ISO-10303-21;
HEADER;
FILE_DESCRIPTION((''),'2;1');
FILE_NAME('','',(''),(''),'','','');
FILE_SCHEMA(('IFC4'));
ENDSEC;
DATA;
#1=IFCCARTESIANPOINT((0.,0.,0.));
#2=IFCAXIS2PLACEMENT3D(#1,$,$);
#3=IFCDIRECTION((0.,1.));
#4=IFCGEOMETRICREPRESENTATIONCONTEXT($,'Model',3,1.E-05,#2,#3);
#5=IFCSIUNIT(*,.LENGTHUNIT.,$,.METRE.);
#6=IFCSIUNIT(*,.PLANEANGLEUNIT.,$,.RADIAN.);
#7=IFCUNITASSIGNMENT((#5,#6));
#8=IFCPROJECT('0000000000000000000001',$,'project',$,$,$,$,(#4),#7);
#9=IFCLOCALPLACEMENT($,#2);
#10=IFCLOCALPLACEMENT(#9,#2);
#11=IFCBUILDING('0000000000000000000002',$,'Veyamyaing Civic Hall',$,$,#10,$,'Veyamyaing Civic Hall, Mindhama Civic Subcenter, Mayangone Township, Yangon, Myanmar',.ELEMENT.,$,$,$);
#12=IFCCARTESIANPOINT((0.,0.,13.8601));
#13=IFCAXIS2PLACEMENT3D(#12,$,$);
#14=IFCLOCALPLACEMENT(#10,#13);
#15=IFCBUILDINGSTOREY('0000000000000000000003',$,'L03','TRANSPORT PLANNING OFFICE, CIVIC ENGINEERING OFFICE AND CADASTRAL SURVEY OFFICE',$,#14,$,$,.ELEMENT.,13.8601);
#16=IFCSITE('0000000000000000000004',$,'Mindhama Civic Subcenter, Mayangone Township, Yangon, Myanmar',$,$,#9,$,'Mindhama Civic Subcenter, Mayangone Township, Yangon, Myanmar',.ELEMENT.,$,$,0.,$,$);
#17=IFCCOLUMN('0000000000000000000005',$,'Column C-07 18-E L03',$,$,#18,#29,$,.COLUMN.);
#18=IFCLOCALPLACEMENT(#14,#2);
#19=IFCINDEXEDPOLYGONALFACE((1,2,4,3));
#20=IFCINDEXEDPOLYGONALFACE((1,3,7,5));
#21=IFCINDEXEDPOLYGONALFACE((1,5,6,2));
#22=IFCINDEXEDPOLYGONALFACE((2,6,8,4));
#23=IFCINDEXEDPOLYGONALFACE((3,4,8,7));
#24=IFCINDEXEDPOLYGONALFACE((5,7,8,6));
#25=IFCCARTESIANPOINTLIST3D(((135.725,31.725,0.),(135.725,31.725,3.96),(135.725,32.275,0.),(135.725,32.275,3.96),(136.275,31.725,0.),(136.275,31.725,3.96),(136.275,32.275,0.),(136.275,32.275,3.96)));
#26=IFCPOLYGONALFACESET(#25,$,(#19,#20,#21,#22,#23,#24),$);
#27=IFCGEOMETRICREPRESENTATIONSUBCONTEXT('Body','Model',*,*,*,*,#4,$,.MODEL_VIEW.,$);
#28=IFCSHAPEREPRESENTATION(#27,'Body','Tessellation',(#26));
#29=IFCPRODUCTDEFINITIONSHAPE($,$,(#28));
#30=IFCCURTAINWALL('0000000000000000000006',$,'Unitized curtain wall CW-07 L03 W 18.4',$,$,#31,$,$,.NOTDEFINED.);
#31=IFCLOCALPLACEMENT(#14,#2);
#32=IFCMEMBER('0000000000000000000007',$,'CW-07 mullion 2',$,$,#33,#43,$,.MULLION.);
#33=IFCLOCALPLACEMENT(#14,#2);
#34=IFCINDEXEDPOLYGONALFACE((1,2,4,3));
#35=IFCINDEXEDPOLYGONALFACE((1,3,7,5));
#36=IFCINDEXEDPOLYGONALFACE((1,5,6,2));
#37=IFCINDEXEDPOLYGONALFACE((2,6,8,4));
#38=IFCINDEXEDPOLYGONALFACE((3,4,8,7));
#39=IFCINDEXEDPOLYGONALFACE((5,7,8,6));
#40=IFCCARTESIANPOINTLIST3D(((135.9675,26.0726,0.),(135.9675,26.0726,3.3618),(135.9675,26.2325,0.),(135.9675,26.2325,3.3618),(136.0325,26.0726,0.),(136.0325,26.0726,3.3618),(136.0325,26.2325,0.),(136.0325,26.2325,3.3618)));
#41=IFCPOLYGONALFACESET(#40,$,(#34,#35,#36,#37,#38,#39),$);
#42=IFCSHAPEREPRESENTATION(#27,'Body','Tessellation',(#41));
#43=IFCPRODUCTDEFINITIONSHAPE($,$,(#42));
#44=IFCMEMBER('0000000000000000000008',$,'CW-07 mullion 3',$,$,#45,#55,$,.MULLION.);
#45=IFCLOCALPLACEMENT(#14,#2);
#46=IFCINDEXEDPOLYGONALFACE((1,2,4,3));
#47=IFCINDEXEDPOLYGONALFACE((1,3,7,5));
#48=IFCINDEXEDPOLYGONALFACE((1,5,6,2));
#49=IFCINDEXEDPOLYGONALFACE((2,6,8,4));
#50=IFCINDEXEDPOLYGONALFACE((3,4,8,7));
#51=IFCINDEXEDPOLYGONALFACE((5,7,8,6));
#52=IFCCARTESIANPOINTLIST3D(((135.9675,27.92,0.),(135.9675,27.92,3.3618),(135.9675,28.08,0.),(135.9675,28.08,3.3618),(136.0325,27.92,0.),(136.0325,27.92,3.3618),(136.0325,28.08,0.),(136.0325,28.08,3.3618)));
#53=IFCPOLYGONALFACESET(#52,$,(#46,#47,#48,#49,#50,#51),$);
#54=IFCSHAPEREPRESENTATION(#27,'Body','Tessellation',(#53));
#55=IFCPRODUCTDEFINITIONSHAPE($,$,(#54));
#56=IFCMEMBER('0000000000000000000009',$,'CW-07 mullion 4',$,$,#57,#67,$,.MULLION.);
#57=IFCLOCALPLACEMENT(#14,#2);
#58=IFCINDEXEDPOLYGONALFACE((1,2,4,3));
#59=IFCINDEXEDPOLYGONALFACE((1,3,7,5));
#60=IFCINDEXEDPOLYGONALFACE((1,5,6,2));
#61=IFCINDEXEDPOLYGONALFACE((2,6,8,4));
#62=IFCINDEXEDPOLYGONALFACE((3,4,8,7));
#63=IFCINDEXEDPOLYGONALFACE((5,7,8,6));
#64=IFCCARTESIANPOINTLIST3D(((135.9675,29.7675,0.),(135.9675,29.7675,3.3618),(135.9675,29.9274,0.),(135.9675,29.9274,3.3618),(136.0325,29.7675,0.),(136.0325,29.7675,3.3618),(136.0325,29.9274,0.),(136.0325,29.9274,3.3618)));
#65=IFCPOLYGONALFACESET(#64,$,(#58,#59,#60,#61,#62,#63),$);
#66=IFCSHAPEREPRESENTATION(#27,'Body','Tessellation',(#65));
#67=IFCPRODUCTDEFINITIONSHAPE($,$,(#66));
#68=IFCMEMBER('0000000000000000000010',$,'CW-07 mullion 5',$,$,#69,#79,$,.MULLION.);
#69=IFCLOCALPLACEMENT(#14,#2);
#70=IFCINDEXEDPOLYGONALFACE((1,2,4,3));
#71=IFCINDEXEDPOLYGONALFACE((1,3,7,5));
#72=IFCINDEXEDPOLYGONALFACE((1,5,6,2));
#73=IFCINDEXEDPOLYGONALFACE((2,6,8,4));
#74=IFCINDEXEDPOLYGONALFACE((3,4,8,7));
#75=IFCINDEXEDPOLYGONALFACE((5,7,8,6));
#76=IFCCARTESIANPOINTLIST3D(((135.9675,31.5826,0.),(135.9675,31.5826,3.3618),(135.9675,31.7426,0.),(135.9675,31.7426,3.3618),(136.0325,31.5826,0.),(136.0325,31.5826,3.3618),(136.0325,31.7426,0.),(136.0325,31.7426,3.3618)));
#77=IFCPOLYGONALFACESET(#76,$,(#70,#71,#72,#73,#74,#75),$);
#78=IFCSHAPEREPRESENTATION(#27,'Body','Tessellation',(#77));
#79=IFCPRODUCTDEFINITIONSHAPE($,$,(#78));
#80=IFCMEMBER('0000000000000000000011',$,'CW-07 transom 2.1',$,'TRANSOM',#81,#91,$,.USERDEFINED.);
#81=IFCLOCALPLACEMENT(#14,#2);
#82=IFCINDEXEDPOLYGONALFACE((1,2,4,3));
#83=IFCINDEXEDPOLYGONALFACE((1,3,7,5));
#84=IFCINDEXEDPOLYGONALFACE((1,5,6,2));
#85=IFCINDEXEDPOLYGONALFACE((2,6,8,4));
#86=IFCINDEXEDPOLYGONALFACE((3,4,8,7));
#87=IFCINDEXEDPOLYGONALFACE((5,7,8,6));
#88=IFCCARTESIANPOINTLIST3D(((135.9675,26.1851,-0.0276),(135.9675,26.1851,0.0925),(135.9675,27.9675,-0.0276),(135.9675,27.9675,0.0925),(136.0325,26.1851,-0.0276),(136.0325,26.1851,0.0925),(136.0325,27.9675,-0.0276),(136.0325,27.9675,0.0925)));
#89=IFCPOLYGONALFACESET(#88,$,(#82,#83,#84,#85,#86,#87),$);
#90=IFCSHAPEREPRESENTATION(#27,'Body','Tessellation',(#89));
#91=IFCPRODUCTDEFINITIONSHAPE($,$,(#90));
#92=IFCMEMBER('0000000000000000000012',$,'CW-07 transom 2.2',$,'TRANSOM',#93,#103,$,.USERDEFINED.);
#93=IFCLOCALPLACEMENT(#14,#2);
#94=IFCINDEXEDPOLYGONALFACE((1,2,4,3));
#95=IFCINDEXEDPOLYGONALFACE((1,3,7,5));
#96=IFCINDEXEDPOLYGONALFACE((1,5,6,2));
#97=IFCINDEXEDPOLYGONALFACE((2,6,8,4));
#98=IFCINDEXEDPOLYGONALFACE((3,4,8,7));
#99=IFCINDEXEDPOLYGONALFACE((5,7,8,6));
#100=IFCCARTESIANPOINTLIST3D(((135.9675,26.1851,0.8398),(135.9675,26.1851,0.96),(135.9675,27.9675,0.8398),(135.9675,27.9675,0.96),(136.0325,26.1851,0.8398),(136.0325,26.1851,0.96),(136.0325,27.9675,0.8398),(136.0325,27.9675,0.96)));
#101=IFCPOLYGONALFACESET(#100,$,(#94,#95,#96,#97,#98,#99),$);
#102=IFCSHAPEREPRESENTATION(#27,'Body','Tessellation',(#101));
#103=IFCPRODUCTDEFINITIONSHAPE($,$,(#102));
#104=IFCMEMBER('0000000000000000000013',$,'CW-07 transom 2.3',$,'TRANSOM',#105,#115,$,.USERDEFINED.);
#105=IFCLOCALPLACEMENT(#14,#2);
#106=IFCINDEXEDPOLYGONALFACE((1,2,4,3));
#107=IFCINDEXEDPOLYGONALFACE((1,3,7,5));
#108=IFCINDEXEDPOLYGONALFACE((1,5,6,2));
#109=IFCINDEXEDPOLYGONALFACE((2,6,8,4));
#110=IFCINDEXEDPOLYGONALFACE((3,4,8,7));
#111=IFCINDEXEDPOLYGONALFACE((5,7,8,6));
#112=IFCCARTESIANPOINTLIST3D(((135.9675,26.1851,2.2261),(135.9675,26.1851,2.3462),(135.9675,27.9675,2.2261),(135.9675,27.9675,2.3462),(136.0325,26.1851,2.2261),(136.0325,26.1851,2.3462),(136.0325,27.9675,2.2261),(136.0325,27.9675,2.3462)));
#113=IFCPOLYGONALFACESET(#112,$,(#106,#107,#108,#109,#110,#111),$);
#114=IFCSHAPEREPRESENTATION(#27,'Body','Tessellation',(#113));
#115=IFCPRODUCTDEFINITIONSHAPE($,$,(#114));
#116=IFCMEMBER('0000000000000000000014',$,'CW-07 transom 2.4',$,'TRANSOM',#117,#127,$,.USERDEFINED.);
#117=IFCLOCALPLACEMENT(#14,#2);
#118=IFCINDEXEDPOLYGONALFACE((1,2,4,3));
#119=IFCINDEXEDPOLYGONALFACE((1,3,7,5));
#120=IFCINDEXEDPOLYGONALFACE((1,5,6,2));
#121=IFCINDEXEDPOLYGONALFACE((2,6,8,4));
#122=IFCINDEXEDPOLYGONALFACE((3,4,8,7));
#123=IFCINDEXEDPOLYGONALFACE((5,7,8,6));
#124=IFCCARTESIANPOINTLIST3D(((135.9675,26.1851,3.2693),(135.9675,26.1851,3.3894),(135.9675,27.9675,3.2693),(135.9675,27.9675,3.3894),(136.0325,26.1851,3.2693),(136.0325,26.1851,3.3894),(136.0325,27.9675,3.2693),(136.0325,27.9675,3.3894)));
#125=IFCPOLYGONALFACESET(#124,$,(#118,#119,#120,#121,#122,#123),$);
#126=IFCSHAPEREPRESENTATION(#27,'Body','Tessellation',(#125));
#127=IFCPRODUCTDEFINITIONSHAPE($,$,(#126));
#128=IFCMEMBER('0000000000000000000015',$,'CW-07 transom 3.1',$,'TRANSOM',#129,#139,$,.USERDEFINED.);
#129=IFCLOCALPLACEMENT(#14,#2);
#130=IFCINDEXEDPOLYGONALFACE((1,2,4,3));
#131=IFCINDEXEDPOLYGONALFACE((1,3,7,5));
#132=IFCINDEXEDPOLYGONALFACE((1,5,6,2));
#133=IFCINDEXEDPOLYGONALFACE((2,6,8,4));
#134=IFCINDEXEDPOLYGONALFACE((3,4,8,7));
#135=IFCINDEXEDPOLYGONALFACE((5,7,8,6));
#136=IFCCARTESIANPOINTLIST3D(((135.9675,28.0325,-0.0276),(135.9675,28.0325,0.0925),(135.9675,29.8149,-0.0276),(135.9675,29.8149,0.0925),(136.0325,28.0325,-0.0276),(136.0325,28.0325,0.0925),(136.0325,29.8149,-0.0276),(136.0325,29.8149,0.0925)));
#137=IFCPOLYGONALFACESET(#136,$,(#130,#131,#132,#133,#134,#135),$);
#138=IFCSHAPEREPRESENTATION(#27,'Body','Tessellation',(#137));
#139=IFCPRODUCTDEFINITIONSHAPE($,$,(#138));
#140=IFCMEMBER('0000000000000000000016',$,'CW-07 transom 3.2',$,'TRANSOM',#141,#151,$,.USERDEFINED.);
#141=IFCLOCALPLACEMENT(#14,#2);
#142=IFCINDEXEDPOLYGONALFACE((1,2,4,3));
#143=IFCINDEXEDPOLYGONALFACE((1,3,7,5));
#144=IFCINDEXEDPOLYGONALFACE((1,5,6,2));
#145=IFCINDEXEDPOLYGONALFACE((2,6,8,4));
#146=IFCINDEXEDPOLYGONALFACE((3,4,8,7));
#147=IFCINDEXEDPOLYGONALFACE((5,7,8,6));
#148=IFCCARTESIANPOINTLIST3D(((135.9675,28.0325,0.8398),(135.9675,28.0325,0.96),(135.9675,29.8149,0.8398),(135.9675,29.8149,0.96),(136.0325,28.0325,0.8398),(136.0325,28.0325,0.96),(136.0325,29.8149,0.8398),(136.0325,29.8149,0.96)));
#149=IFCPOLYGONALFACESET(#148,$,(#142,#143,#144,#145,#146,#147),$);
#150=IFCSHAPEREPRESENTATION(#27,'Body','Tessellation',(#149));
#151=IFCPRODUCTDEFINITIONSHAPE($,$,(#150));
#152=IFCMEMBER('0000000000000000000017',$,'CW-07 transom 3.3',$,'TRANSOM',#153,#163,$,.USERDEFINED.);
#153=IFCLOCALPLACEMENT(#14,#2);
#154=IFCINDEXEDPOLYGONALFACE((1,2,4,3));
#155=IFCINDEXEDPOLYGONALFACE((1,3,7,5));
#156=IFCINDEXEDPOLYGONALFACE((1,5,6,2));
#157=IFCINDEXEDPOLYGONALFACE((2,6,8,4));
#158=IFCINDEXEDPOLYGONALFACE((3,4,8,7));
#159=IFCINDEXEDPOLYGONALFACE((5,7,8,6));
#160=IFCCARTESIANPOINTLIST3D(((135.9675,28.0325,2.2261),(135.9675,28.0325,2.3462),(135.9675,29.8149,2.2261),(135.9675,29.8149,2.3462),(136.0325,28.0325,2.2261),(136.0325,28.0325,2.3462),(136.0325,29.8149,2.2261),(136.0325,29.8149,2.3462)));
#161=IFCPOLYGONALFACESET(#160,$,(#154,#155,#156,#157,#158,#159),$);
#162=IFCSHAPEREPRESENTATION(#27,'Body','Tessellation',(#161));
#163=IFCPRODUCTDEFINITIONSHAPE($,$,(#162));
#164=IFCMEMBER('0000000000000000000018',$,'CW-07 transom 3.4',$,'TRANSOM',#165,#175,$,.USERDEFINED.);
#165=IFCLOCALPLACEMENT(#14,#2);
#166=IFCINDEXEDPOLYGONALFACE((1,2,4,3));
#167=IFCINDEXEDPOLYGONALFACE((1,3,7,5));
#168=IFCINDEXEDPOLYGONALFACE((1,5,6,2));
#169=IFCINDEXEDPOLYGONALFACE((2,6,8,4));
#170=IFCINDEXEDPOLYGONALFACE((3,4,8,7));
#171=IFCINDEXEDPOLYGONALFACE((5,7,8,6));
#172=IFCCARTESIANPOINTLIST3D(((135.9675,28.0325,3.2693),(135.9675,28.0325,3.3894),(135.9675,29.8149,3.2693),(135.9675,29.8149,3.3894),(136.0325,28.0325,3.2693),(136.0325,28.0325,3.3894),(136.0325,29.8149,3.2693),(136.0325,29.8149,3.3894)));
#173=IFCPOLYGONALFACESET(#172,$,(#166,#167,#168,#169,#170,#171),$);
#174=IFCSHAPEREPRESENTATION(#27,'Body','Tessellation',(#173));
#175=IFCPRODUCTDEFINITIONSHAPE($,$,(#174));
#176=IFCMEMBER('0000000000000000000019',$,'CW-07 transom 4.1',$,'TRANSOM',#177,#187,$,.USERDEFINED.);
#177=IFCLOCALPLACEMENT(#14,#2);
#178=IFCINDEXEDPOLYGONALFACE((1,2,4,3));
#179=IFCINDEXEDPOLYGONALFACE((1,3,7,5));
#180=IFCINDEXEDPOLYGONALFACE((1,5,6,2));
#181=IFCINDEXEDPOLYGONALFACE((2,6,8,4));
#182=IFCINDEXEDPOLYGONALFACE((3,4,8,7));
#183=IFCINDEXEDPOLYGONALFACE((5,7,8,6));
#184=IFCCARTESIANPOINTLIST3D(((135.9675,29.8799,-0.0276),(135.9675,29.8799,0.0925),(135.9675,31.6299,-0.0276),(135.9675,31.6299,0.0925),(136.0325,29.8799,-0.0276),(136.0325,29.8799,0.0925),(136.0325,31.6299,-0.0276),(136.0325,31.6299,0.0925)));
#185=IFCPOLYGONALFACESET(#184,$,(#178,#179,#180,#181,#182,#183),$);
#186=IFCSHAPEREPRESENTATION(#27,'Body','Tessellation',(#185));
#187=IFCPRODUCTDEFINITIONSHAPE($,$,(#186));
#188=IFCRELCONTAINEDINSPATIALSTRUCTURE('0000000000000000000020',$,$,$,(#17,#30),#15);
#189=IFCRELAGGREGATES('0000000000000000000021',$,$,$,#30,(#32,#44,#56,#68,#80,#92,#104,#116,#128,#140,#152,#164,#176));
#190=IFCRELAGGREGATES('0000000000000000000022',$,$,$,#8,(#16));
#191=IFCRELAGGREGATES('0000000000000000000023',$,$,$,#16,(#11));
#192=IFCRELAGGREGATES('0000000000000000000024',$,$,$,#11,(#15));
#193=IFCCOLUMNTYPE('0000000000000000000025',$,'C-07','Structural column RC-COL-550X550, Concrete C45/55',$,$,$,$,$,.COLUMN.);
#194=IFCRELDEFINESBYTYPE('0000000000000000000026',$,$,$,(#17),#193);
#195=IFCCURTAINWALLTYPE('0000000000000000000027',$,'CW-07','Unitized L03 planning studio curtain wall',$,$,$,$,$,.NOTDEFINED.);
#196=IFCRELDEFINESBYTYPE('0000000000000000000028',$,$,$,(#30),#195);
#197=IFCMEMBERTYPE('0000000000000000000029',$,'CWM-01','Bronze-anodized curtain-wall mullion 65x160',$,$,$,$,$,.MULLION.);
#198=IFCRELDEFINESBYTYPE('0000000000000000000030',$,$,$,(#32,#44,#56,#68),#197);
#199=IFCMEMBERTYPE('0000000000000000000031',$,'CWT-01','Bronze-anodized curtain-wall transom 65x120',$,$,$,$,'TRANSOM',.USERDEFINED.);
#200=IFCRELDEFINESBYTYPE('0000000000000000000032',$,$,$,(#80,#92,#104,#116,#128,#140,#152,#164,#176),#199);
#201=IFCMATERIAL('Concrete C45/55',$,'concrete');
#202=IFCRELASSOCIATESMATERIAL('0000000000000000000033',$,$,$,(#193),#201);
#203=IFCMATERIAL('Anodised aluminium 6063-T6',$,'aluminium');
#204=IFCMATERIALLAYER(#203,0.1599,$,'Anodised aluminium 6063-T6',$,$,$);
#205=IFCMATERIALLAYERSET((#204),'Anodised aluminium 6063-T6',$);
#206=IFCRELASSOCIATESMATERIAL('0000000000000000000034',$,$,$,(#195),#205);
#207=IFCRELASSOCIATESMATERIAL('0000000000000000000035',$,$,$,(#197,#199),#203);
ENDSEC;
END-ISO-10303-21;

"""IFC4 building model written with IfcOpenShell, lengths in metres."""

from ifc_helpers import new_model, si_unit, direction, frame, origin, origin_2d, place, context, subcontext, project, spatial, rectangle, extrude, material, layer, layer_set, material_profile, profile_set, type_object, element, aggregate, save


model = new_model("IFC4")

# Units and contexts
model_context = context("Model", 3, precision=1e-05, world=origin(), true_north=direction((0.0, 1.0)))
body_context = subcontext(model_context, "Body", "Model", "MODEL_VIEW")
ifc_project = project(units=[si_unit("LENGTHUNIT", "METRE"), si_unit("PLANEANGLEUNIT", "RADIAN")], contexts=[model_context])

# Site, building, storey
site_placement = place(None, origin())
site = spatial("IfcSite", under=ifc_project, at=site_placement, Name="Mindhama Civic Subcenter, Mayangone Township, Yangon, Myanmar", LongName="Mindhama Civic Subcenter, Mayangone Township, Yangon, Myanmar", CompositionType="ELEMENT", RefElevation=0.0)
building_placement = place(site_placement, origin())
building = spatial("IfcBuilding", under=site, at=building_placement, Name="Veyamyaing Civic Hall", LongName="Veyamyaing Civic Hall, Mindhama Civic Subcenter, Mayangone Township, Yangon, Myanmar", CompositionType="ELEMENT")
storey_placement = place(building_placement, frame((0.0, 0.0, 13.8601)))
storey = spatial("IfcBuildingStorey", under=building, at=storey_placement, Name="L03", Description="TRANSPORT PLANNING OFFICE, CIVIC ENGINEERING OFFICE AND CADASTRAL SURVEY OFFICE", CompositionType="ELEMENT", Elevation=13.8601)

# Column
ifc_material_1 = material(Name="Concrete C45/55", Category="concrete")
ifc_material_profile_1 = material_profile(ifc_material_1, rectangle(XDim=0.55, YDim=0.55, at=origin_2d()), Name="RC-COL-550X550")
ifc_profile_set_1 = profile_set([ifc_material_profile_1], Name="Concrete C45/55")
column_type = type_object("IfcColumnType", Name="C-07", Description="Structural column RC-COL-550X550, Concrete C45/55", PredefinedType="COLUMN", material=ifc_profile_set_1)
column_placement = place(storey_placement, frame((136.0, 32.0, 0.0), z_axis=(0.0, 0.0, 1.0), x_axis=(1.0, 0.0, 0.0)))
element("IfcColumn", 1, at=column_placement, inside=storey, type_object=column_type, Name="Column C-07 18-E L03", PredefinedType="COLUMN", context=body_context, shape_type="SweptSolid", body=[
    extrude(rectangle(XDim=0.55, YDim=0.55, at=origin_2d()), origin(), (0.0, 0.0, 1.0), 3.96),
])

# Curtain wall, members
ifc_material_2 = material(Name="Anodised aluminium 6063-T6", Category="aluminium")
ifc_layer_1 = layer(ifc_material_2, 0.1599, Name="Anodised aluminium 6063-T6")
ifc_layer_set_1 = layer_set([ifc_layer_1], Name="Anodised aluminium 6063-T6")
curtain_wall_type = type_object("IfcCurtainWallType", Name="CW-07", Description="Unitized L03 planning studio curtain wall", PredefinedType="NOTDEFINED", material=ifc_layer_set_1)
curtain_wall_placement = place(storey_placement, origin())
curtain_wall = element("IfcCurtainWall", 2, at=curtain_wall_placement, inside=storey, type_object=curtain_wall_type, Name="Unitized curtain wall CW-07 L03 W 18.4", PredefinedType="NOTDEFINED")
ifc_material_profile_2 = material_profile(ifc_material_2, rectangle(XDim=0.0649, YDim=0.1599, at=origin_2d()), Name="ALU-MUL-65X160")
ifc_profile_set_2 = profile_set([ifc_material_profile_2], Name="Anodised aluminium 6063-T6")
member_type_1 = type_object("IfcMemberType", Name="CWM-01", Description="Bronze-anodized curtain-wall mullion 65x160", PredefinedType="MULLION", material=ifc_profile_set_2)
member_1_placement = place(storey_placement, frame((136.0, 26.1526, 0.0), z_axis=(0.0, 0.0, 1.0), x_axis=(-1.0, 0.0, 0.0)))
member_1 = element("IfcMember", 3, at=member_1_placement, type_object=member_type_1, Name="CW-07 mullion 2", PredefinedType="MULLION", context=body_context, shape_type="SweptSolid", body=[
    extrude(rectangle(XDim=0.0649, YDim=0.1599, at=origin_2d()), origin(), (0.0, 0.0, 1.0), 3.3618),
])
member_2_placement = place(storey_placement, frame((136.0, 28.0, 0.0), z_axis=(0.0, 0.0, 1.0), x_axis=(-1.0, 0.0, 0.0)))
member_2 = element("IfcMember", 4, at=member_2_placement, type_object=member_type_1, Name="CW-07 mullion 3", PredefinedType="MULLION", context=body_context, shape_type="SweptSolid", body=[
    extrude(rectangle(XDim=0.0649, YDim=0.1599, at=origin_2d()), origin(), (0.0, 0.0, 1.0), 3.3618),
])
member_3_placement = place(storey_placement, frame((136.0, 29.8474, 0.0), z_axis=(0.0, 0.0, 1.0), x_axis=(-1.0, 0.0, 0.0)))
member_3 = element("IfcMember", 5, at=member_3_placement, type_object=member_type_1, Name="CW-07 mullion 4", PredefinedType="MULLION", context=body_context, shape_type="SweptSolid", body=[
    extrude(rectangle(XDim=0.0649, YDim=0.1599, at=origin_2d()), origin(), (0.0, 0.0, 1.0), 3.3618),
])
member_4_placement = place(storey_placement, frame((136.0, 31.6626, 0.0), z_axis=(0.0, 0.0, 1.0), x_axis=(-1.0, 0.0, 0.0)))
member_4 = element("IfcMember", 6, at=member_4_placement, type_object=member_type_1, Name="CW-07 mullion 5", PredefinedType="MULLION", context=body_context, shape_type="SweptSolid", body=[
    extrude(rectangle(XDim=0.0649, YDim=0.1599, at=origin_2d()), origin(), (0.0, 0.0, 1.0), 3.3618),
])
ifc_material_profile_3 = material_profile(ifc_material_2, rectangle(XDim=0.0649, YDim=0.1201, at=origin_2d()), Name="ALU-TRN-65X120")
ifc_profile_set_3 = profile_set([ifc_material_profile_3], Name="Anodised aluminium 6063-T6")
member_type_2 = type_object("IfcMemberType", Name="CWT-01", Description="Bronze-anodized curtain-wall transom 65x120", ElementType="TRANSOM", PredefinedType="USERDEFINED", material=ifc_profile_set_3)
member_5_placement = place(storey_placement, frame((136.0, 26.1851, 0.0325), z_axis=(0.0, 1.0, 0.0), x_axis=(-1.0, 0.0, 0.0)))
member_5 = element("IfcMember", 7, at=member_5_placement, type_object=member_type_2, Name="CW-07 transom 2.1", ObjectType="TRANSOM", PredefinedType="USERDEFINED", context=body_context, shape_type="SweptSolid", body=[
    extrude(rectangle(XDim=0.0649, YDim=0.1201, at=origin_2d()), origin(), (0.0, 0.0, 1.0), 1.7825),
])
member_6_placement = place(storey_placement, frame((136.0, 26.1851, 0.8999), z_axis=(0.0, 1.0, 0.0), x_axis=(-1.0, 0.0, 0.0)))
member_6 = element("IfcMember", 8, at=member_6_placement, type_object=member_type_2, Name="CW-07 transom 2.2", ObjectType="TRANSOM", PredefinedType="USERDEFINED", context=body_context, shape_type="SweptSolid", body=[
    extrude(rectangle(XDim=0.0649, YDim=0.1201, at=origin_2d()), origin(), (0.0, 0.0, 1.0), 1.7825),
])
member_7_placement = place(storey_placement, frame((136.0, 26.1851, 2.2861), z_axis=(0.0, 1.0, 0.0), x_axis=(-1.0, 0.0, 0.0)))
member_7 = element("IfcMember", 9, at=member_7_placement, type_object=member_type_2, Name="CW-07 transom 2.3", ObjectType="TRANSOM", PredefinedType="USERDEFINED", context=body_context, shape_type="SweptSolid", body=[
    extrude(rectangle(XDim=0.0649, YDim=0.1201, at=origin_2d()), origin(), (0.0, 0.0, 1.0), 1.7825),
])
member_8_placement = place(storey_placement, frame((136.0, 26.1851, 3.3293), z_axis=(0.0, 1.0, 0.0), x_axis=(-1.0, 0.0, 0.0)))
member_8 = element("IfcMember", 10, at=member_8_placement, type_object=member_type_2, Name="CW-07 transom 2.4", ObjectType="TRANSOM", PredefinedType="USERDEFINED", context=body_context, shape_type="SweptSolid", body=[
    extrude(rectangle(XDim=0.0649, YDim=0.1201, at=origin_2d()), origin(), (0.0, 0.0, 1.0), 1.7825),
])
member_9_placement = place(storey_placement, frame((136.0, 28.0325, 0.0325), z_axis=(0.0, 1.0, 0.0), x_axis=(-1.0, 0.0, 0.0)))
member_9 = element("IfcMember", 11, at=member_9_placement, type_object=member_type_2, Name="CW-07 transom 3.1", ObjectType="TRANSOM", PredefinedType="USERDEFINED", context=body_context, shape_type="SweptSolid", body=[
    extrude(rectangle(XDim=0.0649, YDim=0.1201, at=origin_2d()), origin(), (0.0, 0.0, 1.0), 1.7825),
])
member_10_placement = place(storey_placement, frame((136.0, 28.0325, 0.8999), z_axis=(0.0, 1.0, 0.0), x_axis=(-1.0, 0.0, 0.0)))
member_10 = element("IfcMember", 12, at=member_10_placement, type_object=member_type_2, Name="CW-07 transom 3.2", ObjectType="TRANSOM", PredefinedType="USERDEFINED", context=body_context, shape_type="SweptSolid", body=[
    extrude(rectangle(XDim=0.0649, YDim=0.1201, at=origin_2d()), origin(), (0.0, 0.0, 1.0), 1.7825),
])
member_11_placement = place(storey_placement, frame((136.0, 28.0325, 2.2861), z_axis=(0.0, 1.0, 0.0), x_axis=(-1.0, 0.0, 0.0)))
member_11 = element("IfcMember", 13, at=member_11_placement, type_object=member_type_2, Name="CW-07 transom 3.3", ObjectType="TRANSOM", PredefinedType="USERDEFINED", context=body_context, shape_type="SweptSolid", body=[
    extrude(rectangle(XDim=0.0649, YDim=0.1201, at=origin_2d()), origin(), (0.0, 0.0, 1.0), 1.7825),
])
member_12_placement = place(storey_placement, frame((136.0, 28.0325, 3.3293), z_axis=(0.0, 1.0, 0.0), x_axis=(-1.0, 0.0, 0.0)))
member_12 = element("IfcMember", 14, at=member_12_placement, type_object=member_type_2, Name="CW-07 transom 3.4", ObjectType="TRANSOM", PredefinedType="USERDEFINED", context=body_context, shape_type="SweptSolid", body=[
    extrude(rectangle(XDim=0.0649, YDim=0.1201, at=origin_2d()), origin(), (0.0, 0.0, 1.0), 1.7825),
])
member_13_placement = place(storey_placement, frame((136.0, 29.8799, 0.0325), z_axis=(0.0, 1.0, 0.0), x_axis=(-1.0, 0.0, 0.0)))
member_13 = element("IfcMember", 15, at=member_13_placement, type_object=member_type_2, Name="CW-07 transom 4.1", ObjectType="TRANSOM", PredefinedType="USERDEFINED", context=body_context, shape_type="SweptSolid", body=[
    extrude(rectangle(XDim=0.0649, YDim=0.1201, at=origin_2d()), origin(), (0.0, 0.0, 1.0), 1.75),
])

aggregate(curtain_wall, [member_1, member_2, member_3, member_4, member_5, member_6, member_7, member_8, member_9, member_10, member_11, member_12, member_13])

save(model, "model.ifc")
